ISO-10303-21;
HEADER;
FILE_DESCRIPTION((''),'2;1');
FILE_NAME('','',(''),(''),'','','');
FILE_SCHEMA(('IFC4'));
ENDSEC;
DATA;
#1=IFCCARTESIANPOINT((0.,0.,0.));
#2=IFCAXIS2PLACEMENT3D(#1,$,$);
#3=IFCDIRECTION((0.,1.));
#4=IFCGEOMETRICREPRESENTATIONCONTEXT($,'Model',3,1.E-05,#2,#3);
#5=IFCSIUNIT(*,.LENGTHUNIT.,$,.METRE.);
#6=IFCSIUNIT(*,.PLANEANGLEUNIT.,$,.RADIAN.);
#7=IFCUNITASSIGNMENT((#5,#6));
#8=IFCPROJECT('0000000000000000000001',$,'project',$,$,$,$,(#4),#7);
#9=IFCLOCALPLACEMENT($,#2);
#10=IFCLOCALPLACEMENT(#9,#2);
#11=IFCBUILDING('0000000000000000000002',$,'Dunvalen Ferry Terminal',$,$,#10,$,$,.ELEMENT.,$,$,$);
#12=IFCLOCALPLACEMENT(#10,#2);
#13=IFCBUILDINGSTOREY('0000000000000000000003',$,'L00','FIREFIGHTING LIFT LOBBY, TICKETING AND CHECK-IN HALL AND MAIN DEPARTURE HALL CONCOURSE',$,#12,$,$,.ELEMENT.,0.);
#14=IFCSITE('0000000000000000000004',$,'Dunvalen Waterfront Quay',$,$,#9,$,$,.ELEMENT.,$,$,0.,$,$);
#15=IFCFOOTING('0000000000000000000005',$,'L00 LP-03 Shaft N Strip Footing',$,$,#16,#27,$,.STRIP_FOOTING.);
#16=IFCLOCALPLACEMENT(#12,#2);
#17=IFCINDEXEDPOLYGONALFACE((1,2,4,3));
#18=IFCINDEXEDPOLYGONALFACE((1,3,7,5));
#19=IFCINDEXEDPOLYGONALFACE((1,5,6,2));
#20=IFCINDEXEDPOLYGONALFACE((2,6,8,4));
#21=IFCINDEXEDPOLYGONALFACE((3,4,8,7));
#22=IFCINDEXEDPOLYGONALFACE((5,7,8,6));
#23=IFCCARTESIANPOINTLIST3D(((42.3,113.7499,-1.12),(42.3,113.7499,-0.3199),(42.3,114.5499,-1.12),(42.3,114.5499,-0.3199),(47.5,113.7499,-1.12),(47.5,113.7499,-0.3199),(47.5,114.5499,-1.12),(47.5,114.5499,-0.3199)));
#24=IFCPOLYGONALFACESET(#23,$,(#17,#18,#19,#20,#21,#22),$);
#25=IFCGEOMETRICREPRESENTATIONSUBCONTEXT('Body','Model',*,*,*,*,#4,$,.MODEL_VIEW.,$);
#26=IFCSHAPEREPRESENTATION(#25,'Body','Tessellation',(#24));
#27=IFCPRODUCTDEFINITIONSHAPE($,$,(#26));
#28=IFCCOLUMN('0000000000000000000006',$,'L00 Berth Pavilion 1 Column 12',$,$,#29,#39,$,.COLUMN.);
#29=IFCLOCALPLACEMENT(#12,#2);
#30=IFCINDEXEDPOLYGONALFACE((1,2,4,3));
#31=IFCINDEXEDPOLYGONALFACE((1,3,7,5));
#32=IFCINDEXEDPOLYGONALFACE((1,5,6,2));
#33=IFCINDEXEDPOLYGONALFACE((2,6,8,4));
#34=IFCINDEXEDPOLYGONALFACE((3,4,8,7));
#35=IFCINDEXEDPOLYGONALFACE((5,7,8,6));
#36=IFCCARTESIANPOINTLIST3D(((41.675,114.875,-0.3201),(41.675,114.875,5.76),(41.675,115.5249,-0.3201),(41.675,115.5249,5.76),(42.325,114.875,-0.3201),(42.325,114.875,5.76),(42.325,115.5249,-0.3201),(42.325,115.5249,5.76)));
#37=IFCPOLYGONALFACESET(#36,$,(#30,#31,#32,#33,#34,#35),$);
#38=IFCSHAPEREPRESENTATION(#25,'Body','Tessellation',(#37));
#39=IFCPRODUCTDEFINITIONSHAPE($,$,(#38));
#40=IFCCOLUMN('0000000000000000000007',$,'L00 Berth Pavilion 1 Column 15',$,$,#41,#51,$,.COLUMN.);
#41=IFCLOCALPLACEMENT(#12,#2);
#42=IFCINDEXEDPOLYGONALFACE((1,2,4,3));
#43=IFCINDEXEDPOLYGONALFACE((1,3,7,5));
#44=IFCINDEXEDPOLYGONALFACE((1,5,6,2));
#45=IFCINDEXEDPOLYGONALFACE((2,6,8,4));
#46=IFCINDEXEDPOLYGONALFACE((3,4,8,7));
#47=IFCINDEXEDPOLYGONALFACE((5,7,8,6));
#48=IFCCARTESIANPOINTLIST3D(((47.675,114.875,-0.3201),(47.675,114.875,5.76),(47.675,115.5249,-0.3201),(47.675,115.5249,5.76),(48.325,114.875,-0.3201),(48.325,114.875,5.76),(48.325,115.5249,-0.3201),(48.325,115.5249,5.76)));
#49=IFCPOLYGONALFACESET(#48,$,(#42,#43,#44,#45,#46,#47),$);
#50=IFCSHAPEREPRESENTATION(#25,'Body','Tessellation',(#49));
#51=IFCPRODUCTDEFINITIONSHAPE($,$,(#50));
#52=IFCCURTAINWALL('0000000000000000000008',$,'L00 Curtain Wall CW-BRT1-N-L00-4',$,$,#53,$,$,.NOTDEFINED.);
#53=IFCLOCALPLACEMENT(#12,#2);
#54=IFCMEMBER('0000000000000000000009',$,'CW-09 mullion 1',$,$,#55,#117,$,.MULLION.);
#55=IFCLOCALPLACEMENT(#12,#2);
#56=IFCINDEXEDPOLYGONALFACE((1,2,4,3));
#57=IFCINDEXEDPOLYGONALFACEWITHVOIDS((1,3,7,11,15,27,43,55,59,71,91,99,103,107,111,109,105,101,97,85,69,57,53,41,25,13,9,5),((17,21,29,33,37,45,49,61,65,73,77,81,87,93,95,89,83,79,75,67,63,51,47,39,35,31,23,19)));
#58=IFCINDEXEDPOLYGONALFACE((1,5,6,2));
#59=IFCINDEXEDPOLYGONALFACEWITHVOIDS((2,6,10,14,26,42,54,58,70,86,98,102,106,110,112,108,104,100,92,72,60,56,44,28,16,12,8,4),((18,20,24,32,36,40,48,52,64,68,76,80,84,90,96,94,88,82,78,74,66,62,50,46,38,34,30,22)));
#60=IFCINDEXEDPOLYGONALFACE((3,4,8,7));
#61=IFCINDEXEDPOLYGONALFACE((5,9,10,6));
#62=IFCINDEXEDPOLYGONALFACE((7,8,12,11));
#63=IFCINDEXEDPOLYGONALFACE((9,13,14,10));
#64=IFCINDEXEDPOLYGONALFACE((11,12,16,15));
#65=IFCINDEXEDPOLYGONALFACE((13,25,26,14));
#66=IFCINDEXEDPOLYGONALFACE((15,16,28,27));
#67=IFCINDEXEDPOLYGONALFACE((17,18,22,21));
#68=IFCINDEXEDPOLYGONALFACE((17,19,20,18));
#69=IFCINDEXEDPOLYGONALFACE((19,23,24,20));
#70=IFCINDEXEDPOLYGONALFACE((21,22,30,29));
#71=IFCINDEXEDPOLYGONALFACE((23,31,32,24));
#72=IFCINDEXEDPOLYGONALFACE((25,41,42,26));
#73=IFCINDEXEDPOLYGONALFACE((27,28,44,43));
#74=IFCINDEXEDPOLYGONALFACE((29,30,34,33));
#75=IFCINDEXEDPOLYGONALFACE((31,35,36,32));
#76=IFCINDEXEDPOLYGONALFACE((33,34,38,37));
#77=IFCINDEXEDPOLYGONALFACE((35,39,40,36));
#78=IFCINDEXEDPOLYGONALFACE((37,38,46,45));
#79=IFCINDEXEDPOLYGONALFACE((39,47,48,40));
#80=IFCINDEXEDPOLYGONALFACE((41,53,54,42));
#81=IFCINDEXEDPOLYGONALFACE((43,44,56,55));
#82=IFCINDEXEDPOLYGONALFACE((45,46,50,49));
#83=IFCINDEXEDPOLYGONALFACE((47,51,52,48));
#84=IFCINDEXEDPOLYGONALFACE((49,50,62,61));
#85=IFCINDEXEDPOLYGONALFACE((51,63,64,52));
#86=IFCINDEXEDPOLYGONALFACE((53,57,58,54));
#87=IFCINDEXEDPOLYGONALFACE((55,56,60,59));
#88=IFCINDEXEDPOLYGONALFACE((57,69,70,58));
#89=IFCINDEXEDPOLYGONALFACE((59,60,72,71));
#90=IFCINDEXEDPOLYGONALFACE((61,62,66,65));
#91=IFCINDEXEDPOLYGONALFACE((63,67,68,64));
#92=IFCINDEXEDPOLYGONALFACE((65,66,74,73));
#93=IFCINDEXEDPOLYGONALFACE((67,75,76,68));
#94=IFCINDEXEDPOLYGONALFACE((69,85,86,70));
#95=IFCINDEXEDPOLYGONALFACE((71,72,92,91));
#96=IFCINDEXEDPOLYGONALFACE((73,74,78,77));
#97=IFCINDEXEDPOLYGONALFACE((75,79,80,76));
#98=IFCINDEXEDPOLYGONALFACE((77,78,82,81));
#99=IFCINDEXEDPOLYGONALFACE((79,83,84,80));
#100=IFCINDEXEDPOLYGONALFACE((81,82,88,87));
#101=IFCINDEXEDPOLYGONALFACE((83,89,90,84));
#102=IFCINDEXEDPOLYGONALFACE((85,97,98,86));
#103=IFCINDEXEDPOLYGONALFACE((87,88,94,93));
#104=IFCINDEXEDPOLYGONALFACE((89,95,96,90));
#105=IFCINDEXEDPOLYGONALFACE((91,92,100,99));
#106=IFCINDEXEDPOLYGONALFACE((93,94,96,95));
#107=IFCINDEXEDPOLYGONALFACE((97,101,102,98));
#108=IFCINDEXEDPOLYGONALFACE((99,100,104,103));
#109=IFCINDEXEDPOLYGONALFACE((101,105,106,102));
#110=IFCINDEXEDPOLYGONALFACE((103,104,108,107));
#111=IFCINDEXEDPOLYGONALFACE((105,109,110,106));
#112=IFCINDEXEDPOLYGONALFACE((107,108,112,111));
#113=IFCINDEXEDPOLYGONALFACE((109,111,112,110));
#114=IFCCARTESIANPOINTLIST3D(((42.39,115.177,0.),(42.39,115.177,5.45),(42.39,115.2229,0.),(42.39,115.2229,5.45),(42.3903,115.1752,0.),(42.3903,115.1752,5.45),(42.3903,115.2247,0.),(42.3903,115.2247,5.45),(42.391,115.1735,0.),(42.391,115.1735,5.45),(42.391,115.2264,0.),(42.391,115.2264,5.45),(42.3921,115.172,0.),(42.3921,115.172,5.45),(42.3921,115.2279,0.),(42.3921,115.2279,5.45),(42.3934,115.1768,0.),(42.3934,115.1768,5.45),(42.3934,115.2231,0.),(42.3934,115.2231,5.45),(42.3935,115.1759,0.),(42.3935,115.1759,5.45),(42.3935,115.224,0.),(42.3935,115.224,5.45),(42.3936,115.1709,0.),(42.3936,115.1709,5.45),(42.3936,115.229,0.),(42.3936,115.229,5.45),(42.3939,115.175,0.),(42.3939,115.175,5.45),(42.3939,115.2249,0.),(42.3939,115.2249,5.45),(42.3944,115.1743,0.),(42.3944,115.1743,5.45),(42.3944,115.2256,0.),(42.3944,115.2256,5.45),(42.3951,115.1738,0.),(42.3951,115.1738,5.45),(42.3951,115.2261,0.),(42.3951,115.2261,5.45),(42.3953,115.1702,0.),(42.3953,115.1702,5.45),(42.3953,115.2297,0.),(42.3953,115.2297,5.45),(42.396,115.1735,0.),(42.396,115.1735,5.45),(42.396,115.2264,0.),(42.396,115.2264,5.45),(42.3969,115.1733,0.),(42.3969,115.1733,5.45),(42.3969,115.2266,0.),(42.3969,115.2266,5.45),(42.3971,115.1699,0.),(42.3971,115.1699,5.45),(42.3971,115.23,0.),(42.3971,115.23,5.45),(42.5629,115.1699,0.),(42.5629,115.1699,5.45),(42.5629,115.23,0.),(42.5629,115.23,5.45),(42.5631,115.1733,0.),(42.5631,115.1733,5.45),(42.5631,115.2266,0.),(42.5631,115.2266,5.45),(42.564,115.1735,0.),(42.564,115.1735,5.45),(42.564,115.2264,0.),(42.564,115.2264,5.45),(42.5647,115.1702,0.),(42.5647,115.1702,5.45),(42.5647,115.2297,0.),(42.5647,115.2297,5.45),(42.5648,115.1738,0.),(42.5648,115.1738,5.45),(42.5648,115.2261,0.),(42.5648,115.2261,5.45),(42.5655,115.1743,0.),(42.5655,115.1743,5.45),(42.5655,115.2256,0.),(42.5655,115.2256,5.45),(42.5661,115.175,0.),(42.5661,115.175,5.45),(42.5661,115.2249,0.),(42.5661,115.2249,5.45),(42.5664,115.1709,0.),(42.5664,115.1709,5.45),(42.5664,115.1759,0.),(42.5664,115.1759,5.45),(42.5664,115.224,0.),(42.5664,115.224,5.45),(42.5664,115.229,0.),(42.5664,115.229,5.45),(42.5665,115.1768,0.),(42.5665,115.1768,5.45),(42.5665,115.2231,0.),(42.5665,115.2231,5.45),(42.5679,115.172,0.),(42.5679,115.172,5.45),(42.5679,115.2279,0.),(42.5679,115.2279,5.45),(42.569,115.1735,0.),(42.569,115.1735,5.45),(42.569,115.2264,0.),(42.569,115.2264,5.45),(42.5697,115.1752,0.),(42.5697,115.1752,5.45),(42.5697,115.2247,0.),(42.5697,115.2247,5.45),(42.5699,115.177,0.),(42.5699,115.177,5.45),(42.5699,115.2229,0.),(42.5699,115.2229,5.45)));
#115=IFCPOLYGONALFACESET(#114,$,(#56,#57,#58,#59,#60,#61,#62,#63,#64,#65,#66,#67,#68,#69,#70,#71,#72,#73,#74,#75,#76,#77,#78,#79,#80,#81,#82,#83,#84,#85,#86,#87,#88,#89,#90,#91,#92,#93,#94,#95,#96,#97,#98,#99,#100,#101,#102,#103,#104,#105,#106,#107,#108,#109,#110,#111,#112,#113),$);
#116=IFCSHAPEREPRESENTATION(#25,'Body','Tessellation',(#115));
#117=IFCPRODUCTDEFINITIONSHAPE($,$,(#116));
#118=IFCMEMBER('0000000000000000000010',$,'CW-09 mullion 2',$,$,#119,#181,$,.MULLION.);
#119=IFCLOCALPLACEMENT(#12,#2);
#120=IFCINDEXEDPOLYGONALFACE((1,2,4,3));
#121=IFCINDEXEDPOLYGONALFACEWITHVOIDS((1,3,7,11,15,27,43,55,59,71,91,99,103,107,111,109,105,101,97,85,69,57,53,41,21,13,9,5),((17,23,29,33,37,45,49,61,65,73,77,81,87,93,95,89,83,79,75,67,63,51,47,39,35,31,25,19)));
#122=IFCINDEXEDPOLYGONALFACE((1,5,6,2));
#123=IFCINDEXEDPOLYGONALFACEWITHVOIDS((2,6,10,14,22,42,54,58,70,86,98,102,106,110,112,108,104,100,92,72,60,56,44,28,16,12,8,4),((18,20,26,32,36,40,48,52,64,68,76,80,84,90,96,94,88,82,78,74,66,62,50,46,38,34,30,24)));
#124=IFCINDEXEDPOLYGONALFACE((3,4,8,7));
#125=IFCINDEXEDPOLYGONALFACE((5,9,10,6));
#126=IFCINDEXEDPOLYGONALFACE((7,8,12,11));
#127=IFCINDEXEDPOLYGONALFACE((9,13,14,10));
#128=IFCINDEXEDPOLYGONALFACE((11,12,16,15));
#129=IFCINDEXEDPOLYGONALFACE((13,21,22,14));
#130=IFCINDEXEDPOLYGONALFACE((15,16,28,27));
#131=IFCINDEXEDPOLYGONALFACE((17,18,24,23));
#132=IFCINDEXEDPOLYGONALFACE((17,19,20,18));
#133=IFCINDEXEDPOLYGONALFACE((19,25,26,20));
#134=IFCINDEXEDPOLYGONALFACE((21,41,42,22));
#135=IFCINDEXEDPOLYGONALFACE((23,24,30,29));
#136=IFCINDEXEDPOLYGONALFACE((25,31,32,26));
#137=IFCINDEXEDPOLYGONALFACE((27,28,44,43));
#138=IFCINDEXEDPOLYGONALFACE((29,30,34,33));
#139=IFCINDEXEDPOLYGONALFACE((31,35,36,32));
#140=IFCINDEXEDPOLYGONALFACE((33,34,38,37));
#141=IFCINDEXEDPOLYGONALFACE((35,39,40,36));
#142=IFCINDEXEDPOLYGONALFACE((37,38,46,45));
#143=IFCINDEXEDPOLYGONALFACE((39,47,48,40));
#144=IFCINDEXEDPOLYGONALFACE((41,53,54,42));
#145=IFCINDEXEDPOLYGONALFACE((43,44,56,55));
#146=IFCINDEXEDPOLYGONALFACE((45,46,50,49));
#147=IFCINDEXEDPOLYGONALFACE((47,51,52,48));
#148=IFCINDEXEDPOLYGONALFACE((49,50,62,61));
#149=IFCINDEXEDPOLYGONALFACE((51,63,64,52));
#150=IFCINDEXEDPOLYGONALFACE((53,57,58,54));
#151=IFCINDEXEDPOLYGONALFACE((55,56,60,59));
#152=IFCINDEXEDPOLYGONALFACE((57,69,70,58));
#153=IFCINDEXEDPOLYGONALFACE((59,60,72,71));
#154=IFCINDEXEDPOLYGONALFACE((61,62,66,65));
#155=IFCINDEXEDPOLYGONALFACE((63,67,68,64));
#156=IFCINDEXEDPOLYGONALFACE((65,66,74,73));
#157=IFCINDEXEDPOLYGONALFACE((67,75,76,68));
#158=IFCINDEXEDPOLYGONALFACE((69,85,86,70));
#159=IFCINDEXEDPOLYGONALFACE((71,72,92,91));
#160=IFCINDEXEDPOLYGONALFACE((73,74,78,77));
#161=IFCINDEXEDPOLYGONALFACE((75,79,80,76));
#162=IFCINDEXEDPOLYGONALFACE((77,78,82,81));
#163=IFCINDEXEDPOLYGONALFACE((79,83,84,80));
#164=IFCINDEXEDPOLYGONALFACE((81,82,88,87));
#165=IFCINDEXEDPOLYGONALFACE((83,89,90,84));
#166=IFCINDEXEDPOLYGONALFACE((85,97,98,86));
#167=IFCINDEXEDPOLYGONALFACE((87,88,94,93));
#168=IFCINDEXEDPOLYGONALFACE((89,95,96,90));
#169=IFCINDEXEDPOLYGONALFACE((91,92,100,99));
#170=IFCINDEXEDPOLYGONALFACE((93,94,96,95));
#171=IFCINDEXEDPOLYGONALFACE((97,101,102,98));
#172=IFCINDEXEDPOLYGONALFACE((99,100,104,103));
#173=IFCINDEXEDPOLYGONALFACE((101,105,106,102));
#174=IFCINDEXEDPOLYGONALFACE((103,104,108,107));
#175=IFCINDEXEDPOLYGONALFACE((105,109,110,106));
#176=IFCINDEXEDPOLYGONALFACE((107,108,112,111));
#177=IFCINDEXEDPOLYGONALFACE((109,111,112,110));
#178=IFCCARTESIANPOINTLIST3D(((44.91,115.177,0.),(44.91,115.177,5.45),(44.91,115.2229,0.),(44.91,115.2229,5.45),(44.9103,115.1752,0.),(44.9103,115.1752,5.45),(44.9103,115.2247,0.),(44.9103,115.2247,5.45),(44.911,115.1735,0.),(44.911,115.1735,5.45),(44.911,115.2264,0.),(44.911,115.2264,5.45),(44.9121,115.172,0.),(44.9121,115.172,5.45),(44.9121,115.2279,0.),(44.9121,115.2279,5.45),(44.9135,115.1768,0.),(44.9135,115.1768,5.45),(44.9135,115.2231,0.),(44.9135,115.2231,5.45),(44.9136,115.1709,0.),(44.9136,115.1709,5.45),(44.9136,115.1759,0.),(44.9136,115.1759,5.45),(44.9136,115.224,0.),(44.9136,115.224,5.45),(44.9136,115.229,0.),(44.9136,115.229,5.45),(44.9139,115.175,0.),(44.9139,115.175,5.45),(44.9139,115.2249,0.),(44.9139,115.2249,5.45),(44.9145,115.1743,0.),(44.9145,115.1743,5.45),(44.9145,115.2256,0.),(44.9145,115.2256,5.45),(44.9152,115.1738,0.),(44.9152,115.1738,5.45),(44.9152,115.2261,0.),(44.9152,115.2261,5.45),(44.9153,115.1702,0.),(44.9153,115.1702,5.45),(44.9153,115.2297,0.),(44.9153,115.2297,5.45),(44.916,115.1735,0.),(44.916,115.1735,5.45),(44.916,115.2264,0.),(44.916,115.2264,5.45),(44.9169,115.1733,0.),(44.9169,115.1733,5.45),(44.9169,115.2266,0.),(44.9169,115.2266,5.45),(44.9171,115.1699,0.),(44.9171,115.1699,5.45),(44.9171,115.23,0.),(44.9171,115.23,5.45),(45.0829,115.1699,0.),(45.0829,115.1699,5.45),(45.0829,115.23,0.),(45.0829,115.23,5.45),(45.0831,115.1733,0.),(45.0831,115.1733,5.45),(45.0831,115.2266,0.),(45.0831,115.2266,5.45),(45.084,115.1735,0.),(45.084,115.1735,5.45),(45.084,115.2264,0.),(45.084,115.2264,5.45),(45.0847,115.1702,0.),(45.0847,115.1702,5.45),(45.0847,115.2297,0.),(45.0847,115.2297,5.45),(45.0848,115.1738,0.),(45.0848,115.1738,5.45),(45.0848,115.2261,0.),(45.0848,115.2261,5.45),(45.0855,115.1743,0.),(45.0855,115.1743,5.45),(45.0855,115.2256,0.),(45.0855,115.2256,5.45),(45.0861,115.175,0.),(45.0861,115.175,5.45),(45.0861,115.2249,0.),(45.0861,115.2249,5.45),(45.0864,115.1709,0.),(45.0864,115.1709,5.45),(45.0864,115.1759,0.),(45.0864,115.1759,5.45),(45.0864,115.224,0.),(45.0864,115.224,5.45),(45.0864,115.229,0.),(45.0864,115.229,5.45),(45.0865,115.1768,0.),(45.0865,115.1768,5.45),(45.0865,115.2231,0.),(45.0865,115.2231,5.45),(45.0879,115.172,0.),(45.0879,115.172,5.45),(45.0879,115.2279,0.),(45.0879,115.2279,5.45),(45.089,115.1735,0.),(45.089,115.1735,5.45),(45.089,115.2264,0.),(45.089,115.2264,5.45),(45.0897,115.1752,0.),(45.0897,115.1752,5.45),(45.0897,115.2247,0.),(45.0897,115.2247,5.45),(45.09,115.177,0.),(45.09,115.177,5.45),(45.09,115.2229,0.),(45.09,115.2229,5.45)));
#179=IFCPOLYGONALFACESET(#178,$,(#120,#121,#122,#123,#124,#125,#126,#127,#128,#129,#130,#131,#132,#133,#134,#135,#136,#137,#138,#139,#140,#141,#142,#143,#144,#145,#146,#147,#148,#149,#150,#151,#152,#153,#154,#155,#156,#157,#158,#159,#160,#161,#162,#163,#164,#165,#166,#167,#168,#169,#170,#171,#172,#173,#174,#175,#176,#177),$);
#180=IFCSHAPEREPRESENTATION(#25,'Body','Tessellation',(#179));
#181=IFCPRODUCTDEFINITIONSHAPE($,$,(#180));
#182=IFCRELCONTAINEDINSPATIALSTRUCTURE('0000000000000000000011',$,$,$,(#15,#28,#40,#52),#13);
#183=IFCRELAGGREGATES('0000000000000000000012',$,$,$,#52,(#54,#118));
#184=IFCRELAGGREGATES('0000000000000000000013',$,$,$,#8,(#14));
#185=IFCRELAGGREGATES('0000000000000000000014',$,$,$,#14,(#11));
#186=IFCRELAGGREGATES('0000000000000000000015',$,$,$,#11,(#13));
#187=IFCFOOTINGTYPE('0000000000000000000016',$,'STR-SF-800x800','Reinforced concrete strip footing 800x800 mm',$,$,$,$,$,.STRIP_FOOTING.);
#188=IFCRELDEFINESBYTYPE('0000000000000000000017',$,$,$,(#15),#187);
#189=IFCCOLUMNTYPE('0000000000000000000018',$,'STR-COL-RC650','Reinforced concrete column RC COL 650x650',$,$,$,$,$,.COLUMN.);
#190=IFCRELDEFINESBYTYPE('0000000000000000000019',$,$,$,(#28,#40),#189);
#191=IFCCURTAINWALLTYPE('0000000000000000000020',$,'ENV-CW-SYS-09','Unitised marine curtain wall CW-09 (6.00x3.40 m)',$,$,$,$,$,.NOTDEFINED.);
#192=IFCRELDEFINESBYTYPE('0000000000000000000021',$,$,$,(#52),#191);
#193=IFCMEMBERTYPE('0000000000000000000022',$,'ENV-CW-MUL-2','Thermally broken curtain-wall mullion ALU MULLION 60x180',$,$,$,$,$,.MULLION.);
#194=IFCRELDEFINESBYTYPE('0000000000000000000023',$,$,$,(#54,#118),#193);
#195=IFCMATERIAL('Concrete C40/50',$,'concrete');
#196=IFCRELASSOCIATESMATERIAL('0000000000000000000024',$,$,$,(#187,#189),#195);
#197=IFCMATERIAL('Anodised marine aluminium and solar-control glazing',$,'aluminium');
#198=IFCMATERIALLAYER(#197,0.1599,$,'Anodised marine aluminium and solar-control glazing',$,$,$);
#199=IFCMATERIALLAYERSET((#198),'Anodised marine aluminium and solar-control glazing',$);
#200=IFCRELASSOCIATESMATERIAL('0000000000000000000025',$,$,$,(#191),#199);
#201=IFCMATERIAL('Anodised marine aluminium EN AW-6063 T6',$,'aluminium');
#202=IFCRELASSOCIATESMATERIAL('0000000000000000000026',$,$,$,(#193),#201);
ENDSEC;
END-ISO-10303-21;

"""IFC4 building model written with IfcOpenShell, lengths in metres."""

from ifc_helpers import new_model, si_unit, direction, frame, origin, origin_2d, place, context, subcontext, project, spatial, rectangle, hollow_rectangle, extrude, material, layer, layer_set, material_profile, profile_set, type_object, element, aggregate, save


model = new_model("IFC4")

# Units and contexts
model_context = context("Model", 3, precision=1e-05, world=origin(), true_north=direction((0.0, 1.0)))
body_context = subcontext(model_context, "Body", "Model", "MODEL_VIEW")
ifc_project = project(units=[si_unit("LENGTHUNIT", "METRE"), si_unit("PLANEANGLEUNIT", "RADIAN")], contexts=[model_context])

# Site, building, storey
site_placement = place(None, origin())
site = spatial("IfcSite", under=ifc_project, at=site_placement, Name="Dunvalen Waterfront Quay", CompositionType="ELEMENT", RefElevation=0.0)
building_placement = place(site_placement, origin())
building = spatial("IfcBuilding", under=site, at=building_placement, Name="Dunvalen Ferry Terminal", CompositionType="ELEMENT")
storey_placement = place(building_placement, origin())
storey = spatial("IfcBuildingStorey", under=building, at=storey_placement, Name="L00", Description="FIREFIGHTING LIFT LOBBY, TICKETING AND CHECK-IN HALL AND MAIN DEPARTURE HALL CONCOURSE", CompositionType="ELEMENT", Elevation=0.0)

# Shared definitions
ifc_material_1 = material(Name="Concrete C40/50", Category="concrete")

# Footing
ifc_material_profile_1 = material_profile(ifc_material_1, rectangle(XDim=0.8, YDim=0.8, at=origin_2d()), Name="Concrete C40/50")
ifc_profile_set_1 = profile_set([ifc_material_profile_1], Name="Concrete C40/50")
footing_type_1 = type_object("IfcFootingType", Name="STR-SF-800x800", Description="Reinforced concrete strip footing 800x800 mm", PredefinedType="STRIP_FOOTING", material=ifc_profile_set_1)
footing_1_placement = place(storey_placement, frame((42.3, 114.1499, -0.72), z_axis=(1.0, 0.0, 0.0), x_axis=(0.0, 1.0, 0.0)))
element("IfcFooting", 1, at=footing_1_placement, inside=storey, type_object=footing_type_1, Name="L00 LP-03 Shaft N Strip Footing", PredefinedType="STRIP_FOOTING", context=body_context, shape_type="SweptSolid", body=[
    extrude(rectangle(XDim=0.8, YDim=0.8, at=origin_2d()), origin(), (0.0, 0.0, 1.0), 5.2),
])

# Columns
ifc_material_profile_2 = material_profile(ifc_material_1, rectangle(XDim=0.6499, YDim=0.6499, at=origin_2d()), Name="Concrete C40/50")
ifc_profile_set_2 = profile_set([ifc_material_profile_2], Name="Concrete C40/50")
column_type = type_object("IfcColumnType", Name="STR-COL-RC650", Description="Reinforced concrete column RC COL 650x650", PredefinedType="COLUMN", material=ifc_profile_set_2)
for number, where, z_axis, x_axis, name in (
    (2, (42.0, 115.2, -0.3201), (0.0, 0.0, 1.0), (1.0, 0.0, 0.0), "L00 Berth Pavilion 1 Column 12"),
    (3, (48.0, 115.2, -0.3201), (0.0, 0.0, 1.0), (1.0, 0.0, 0.0), "L00 Berth Pavilion 1 Column 15"),
):
    element("IfcColumn", number, at=place(storey_placement, frame(where, z_axis=z_axis, x_axis=x_axis)), inside=storey, type_object=column_type, Name=name, PredefinedType="COLUMN", context=body_context, shape_type="SweptSolid", body=[
        extrude(rectangle(XDim=0.6499, YDim=0.6499, at=origin_2d()), origin(), (0.0, 0.0, 1.0), 6.0801),
    ])

# Curtain wall, members
ifc_material_2 = material(Name="Anodised marine aluminium and solar-control glazing", Category="aluminium")
ifc_layer_1 = layer(ifc_material_2, 0.1599, Name="Anodised marine aluminium and solar-control glazing")
ifc_layer_set_1 = layer_set([ifc_layer_1], Name="Anodised marine aluminium and solar-control glazing")
curtain_wall_type = type_object("IfcCurtainWallType", Name="ENV-CW-SYS-09", Description="Unitised marine curtain wall CW-09 (6.00x3.40 m)", PredefinedType="NOTDEFINED", material=ifc_layer_set_1)
curtain_wall_placement = place(storey_placement, origin())
curtain_wall = element("IfcCurtainWall", 4, at=curtain_wall_placement, inside=storey, type_object=curtain_wall_type, Name="L00 Curtain Wall CW-BRT1-N-L00-4", PredefinedType="NOTDEFINED")
ifc_material_3 = material(Name="Anodised marine aluminium EN AW-6063 T6", Category="aluminium")
ifc_material_profile_3 = material_profile(ifc_material_3, hollow_rectangle(XDim=0.0601, YDim=0.1799, WallThickness=0.0034, InnerFilletRadius=0.0034, OuterFilletRadius=0.0071, at=origin_2d()), Name="Anodised marine aluminium EN AW-6063 T6")
ifc_profile_set_3 = profile_set([ifc_material_profile_3], Name="Anodised marine aluminium EN AW-6063 T6")
member_type_1 = type_object("IfcMemberType", Name="ENV-CW-MUL-2", Description="Thermally broken curtain-wall mullion ALU MULLION 60x180", PredefinedType="MULLION", material=ifc_profile_set_3)
member_1_placement = place(storey_placement, frame((42.48, 115.2, 0.0), z_axis=(0.0, 0.0, 1.0), x_axis=(0.0, 1.0, 0.0)))
member_1 = element("IfcMember", 5, at=member_1_placement, type_object=member_type_1, Name="CW-09 mullion 1", PredefinedType="MULLION", context=body_context, shape_type="SweptSolid", body=[
    extrude(hollow_rectangle(XDim=0.0601, YDim=0.1799, WallThickness=0.0034, InnerFilletRadius=0.0034, OuterFilletRadius=0.0071, at=origin_2d()), origin(), (0.0, 0.0, 1.0), 5.45),
])
member_2_placement = place(storey_placement, frame((45.0, 115.2, 0.0), z_axis=(0.0, 0.0, 1.0), x_axis=(0.0, 1.0, 0.0)))
member_2 = element("IfcMember", 6, at=member_2_placement, type_object=member_type_1, Name="CW-09 mullion 2", PredefinedType="MULLION", context=body_context, shape_type="SweptSolid", body=[
    extrude(hollow_rectangle(XDim=0.0601, YDim=0.1799, WallThickness=0.0034, InnerFilletRadius=0.0034, OuterFilletRadius=0.0071, at=origin_2d()), origin(), (0.0, 0.0, 1.0), 5.45),
])
aggregate(curtain_wall, [member_1, member_2])

save(model, "model.ifc")
